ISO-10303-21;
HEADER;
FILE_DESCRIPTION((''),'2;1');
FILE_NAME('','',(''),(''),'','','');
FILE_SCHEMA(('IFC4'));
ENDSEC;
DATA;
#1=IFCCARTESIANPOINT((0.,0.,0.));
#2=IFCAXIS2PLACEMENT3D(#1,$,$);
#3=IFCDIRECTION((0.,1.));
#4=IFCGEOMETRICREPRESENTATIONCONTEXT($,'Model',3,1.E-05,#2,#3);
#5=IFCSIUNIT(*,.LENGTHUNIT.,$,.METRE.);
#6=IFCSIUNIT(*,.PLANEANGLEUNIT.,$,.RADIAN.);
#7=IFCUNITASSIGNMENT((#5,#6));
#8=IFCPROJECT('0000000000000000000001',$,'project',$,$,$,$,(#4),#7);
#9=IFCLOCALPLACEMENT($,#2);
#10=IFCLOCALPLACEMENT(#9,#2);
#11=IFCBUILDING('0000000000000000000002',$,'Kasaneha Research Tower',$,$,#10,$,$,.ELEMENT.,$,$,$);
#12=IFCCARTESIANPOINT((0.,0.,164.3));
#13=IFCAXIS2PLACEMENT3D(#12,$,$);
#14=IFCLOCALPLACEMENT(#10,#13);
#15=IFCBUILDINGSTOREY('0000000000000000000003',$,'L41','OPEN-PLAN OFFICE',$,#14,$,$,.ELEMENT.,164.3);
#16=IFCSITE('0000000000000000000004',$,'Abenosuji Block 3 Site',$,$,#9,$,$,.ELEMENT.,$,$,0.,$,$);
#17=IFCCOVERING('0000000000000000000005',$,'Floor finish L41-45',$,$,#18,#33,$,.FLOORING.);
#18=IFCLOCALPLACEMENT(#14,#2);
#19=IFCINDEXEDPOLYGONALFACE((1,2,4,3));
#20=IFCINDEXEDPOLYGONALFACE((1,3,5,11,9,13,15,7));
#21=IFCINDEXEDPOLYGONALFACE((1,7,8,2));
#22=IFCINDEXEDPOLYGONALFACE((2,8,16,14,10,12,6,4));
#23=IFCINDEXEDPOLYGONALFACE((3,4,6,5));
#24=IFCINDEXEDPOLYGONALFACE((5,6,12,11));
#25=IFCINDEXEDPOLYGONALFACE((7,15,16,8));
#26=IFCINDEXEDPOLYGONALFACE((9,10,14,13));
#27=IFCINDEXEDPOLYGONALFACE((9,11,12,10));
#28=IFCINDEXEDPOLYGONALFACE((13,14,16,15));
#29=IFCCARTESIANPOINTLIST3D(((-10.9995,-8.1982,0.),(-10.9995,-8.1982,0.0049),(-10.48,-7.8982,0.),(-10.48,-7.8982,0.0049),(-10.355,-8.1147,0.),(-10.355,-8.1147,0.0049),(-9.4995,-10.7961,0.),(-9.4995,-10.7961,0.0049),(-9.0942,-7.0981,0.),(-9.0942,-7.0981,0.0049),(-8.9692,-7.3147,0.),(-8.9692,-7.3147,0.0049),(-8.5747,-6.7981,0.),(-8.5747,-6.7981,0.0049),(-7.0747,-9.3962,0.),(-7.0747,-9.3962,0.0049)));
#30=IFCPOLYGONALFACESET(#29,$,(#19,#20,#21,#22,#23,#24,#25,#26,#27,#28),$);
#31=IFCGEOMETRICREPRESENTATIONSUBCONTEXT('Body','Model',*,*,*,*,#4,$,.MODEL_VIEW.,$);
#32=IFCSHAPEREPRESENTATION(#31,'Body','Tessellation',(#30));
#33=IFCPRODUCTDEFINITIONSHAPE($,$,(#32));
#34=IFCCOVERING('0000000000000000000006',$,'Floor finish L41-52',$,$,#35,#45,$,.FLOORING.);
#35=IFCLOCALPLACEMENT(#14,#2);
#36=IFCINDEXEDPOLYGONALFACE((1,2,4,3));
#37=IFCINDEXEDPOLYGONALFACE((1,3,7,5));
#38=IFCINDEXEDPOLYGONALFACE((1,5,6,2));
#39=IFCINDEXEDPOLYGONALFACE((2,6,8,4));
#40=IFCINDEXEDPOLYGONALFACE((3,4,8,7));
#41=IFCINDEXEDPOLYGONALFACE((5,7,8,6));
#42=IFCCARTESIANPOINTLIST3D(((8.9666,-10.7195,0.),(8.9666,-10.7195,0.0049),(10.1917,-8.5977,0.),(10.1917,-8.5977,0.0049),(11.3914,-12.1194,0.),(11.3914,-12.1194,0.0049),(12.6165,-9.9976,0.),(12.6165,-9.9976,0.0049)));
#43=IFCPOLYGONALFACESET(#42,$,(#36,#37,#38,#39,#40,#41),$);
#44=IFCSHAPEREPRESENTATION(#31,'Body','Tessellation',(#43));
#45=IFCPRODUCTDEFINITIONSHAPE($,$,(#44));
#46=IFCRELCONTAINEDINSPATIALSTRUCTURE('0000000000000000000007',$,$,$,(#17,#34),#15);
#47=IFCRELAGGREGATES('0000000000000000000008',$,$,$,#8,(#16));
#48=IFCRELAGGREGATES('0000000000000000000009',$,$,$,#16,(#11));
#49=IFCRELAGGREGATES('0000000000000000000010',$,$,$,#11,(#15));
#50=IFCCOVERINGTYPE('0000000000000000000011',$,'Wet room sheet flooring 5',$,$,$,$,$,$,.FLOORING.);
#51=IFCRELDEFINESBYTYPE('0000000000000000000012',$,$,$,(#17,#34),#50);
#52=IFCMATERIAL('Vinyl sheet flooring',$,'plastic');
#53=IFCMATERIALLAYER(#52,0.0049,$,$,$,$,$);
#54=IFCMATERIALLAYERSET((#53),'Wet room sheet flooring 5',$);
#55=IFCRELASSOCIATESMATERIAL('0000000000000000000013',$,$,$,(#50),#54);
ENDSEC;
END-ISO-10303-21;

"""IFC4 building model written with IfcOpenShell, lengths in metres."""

from ifc_helpers import new_model, si_unit, direction, frame, origin, place, context, subcontext, project, spatial, polyline, outline, extrude, material, layer, layer_set, type_object, element, save


model = new_model("IFC4")

# Units and contexts
model_context = context("Model", 3, precision=1e-05, world=origin(), true_north=direction((0.0, 1.0)))
body_context = subcontext(model_context, "Body", "Model", "MODEL_VIEW")
ifc_project = project(units=[si_unit("LENGTHUNIT", "METRE"), si_unit("PLANEANGLEUNIT", "RADIAN")], contexts=[model_context])

# Site, building, storey
site_placement = place(None, origin())
site = spatial("IfcSite", under=ifc_project, at=site_placement, Name="Abenosuji Block 3 Site", CompositionType="ELEMENT", RefElevation=0.0)
building_placement = place(site_placement, origin())
building = spatial("IfcBuilding", under=site, at=building_placement, Name="Kasaneha Research Tower", CompositionType="ELEMENT")
storey_placement = place(building_placement, frame((0.0, 0.0, 164.3)))
storey = spatial("IfcBuildingStorey", under=building, at=storey_placement, Name="L41", Description="OPEN-PLAN OFFICE", CompositionType="ELEMENT", Elevation=164.3)

# Coverings
ifc_material_1 = material(Name="Vinyl sheet flooring", Category="plastic")
ifc_layer_1 = layer(ifc_material_1, 0.0049)
ifc_layer_set_1 = layer_set([ifc_layer_1], Name="Wet room sheet flooring 5")
covering_type_1 = type_object("IfcCoveringType", Name="Wet room sheet flooring 5", PredefinedType="FLOORING", material=ifc_layer_set_1)
covering_1_placement = place(storey_placement, origin())
element("IfcCovering", 1, at=covering_1_placement, inside=storey, type_object=covering_type_1, Name="Floor finish L41-45", PredefinedType="FLOORING", context=body_context, shape_type="SweptSolid", body=[
    extrude(outline(polyline([(-10.9995, -8.1982), (-10.48, -7.8982), (-10.355, -8.1147), (-8.9692, -7.3147), (-9.0942, -7.0981), (-8.5747, -6.7981), (-7.0747, -9.3962), (-9.4995, -10.7961), (-10.9995, -8.1982)])), origin(), (0.0, 0.0, 1.0), 0.0049),
])
covering_2_placement = place(storey_placement, origin())
element("IfcCovering", 2, at=covering_2_placement, inside=storey, type_object=covering_type_1, Name="Floor finish L41-52", PredefinedType="FLOORING", context=body_context, shape_type="SweptSolid", body=[
    extrude(outline(polyline([(11.3914, -12.1194), (8.9666, -10.7195), (10.1917, -8.5977), (12.6165, -9.9976), (11.3914, -12.1194)])), origin(), (0.0, 0.0, 1.0), 0.0049),
])

save(model, "model.ifc")
